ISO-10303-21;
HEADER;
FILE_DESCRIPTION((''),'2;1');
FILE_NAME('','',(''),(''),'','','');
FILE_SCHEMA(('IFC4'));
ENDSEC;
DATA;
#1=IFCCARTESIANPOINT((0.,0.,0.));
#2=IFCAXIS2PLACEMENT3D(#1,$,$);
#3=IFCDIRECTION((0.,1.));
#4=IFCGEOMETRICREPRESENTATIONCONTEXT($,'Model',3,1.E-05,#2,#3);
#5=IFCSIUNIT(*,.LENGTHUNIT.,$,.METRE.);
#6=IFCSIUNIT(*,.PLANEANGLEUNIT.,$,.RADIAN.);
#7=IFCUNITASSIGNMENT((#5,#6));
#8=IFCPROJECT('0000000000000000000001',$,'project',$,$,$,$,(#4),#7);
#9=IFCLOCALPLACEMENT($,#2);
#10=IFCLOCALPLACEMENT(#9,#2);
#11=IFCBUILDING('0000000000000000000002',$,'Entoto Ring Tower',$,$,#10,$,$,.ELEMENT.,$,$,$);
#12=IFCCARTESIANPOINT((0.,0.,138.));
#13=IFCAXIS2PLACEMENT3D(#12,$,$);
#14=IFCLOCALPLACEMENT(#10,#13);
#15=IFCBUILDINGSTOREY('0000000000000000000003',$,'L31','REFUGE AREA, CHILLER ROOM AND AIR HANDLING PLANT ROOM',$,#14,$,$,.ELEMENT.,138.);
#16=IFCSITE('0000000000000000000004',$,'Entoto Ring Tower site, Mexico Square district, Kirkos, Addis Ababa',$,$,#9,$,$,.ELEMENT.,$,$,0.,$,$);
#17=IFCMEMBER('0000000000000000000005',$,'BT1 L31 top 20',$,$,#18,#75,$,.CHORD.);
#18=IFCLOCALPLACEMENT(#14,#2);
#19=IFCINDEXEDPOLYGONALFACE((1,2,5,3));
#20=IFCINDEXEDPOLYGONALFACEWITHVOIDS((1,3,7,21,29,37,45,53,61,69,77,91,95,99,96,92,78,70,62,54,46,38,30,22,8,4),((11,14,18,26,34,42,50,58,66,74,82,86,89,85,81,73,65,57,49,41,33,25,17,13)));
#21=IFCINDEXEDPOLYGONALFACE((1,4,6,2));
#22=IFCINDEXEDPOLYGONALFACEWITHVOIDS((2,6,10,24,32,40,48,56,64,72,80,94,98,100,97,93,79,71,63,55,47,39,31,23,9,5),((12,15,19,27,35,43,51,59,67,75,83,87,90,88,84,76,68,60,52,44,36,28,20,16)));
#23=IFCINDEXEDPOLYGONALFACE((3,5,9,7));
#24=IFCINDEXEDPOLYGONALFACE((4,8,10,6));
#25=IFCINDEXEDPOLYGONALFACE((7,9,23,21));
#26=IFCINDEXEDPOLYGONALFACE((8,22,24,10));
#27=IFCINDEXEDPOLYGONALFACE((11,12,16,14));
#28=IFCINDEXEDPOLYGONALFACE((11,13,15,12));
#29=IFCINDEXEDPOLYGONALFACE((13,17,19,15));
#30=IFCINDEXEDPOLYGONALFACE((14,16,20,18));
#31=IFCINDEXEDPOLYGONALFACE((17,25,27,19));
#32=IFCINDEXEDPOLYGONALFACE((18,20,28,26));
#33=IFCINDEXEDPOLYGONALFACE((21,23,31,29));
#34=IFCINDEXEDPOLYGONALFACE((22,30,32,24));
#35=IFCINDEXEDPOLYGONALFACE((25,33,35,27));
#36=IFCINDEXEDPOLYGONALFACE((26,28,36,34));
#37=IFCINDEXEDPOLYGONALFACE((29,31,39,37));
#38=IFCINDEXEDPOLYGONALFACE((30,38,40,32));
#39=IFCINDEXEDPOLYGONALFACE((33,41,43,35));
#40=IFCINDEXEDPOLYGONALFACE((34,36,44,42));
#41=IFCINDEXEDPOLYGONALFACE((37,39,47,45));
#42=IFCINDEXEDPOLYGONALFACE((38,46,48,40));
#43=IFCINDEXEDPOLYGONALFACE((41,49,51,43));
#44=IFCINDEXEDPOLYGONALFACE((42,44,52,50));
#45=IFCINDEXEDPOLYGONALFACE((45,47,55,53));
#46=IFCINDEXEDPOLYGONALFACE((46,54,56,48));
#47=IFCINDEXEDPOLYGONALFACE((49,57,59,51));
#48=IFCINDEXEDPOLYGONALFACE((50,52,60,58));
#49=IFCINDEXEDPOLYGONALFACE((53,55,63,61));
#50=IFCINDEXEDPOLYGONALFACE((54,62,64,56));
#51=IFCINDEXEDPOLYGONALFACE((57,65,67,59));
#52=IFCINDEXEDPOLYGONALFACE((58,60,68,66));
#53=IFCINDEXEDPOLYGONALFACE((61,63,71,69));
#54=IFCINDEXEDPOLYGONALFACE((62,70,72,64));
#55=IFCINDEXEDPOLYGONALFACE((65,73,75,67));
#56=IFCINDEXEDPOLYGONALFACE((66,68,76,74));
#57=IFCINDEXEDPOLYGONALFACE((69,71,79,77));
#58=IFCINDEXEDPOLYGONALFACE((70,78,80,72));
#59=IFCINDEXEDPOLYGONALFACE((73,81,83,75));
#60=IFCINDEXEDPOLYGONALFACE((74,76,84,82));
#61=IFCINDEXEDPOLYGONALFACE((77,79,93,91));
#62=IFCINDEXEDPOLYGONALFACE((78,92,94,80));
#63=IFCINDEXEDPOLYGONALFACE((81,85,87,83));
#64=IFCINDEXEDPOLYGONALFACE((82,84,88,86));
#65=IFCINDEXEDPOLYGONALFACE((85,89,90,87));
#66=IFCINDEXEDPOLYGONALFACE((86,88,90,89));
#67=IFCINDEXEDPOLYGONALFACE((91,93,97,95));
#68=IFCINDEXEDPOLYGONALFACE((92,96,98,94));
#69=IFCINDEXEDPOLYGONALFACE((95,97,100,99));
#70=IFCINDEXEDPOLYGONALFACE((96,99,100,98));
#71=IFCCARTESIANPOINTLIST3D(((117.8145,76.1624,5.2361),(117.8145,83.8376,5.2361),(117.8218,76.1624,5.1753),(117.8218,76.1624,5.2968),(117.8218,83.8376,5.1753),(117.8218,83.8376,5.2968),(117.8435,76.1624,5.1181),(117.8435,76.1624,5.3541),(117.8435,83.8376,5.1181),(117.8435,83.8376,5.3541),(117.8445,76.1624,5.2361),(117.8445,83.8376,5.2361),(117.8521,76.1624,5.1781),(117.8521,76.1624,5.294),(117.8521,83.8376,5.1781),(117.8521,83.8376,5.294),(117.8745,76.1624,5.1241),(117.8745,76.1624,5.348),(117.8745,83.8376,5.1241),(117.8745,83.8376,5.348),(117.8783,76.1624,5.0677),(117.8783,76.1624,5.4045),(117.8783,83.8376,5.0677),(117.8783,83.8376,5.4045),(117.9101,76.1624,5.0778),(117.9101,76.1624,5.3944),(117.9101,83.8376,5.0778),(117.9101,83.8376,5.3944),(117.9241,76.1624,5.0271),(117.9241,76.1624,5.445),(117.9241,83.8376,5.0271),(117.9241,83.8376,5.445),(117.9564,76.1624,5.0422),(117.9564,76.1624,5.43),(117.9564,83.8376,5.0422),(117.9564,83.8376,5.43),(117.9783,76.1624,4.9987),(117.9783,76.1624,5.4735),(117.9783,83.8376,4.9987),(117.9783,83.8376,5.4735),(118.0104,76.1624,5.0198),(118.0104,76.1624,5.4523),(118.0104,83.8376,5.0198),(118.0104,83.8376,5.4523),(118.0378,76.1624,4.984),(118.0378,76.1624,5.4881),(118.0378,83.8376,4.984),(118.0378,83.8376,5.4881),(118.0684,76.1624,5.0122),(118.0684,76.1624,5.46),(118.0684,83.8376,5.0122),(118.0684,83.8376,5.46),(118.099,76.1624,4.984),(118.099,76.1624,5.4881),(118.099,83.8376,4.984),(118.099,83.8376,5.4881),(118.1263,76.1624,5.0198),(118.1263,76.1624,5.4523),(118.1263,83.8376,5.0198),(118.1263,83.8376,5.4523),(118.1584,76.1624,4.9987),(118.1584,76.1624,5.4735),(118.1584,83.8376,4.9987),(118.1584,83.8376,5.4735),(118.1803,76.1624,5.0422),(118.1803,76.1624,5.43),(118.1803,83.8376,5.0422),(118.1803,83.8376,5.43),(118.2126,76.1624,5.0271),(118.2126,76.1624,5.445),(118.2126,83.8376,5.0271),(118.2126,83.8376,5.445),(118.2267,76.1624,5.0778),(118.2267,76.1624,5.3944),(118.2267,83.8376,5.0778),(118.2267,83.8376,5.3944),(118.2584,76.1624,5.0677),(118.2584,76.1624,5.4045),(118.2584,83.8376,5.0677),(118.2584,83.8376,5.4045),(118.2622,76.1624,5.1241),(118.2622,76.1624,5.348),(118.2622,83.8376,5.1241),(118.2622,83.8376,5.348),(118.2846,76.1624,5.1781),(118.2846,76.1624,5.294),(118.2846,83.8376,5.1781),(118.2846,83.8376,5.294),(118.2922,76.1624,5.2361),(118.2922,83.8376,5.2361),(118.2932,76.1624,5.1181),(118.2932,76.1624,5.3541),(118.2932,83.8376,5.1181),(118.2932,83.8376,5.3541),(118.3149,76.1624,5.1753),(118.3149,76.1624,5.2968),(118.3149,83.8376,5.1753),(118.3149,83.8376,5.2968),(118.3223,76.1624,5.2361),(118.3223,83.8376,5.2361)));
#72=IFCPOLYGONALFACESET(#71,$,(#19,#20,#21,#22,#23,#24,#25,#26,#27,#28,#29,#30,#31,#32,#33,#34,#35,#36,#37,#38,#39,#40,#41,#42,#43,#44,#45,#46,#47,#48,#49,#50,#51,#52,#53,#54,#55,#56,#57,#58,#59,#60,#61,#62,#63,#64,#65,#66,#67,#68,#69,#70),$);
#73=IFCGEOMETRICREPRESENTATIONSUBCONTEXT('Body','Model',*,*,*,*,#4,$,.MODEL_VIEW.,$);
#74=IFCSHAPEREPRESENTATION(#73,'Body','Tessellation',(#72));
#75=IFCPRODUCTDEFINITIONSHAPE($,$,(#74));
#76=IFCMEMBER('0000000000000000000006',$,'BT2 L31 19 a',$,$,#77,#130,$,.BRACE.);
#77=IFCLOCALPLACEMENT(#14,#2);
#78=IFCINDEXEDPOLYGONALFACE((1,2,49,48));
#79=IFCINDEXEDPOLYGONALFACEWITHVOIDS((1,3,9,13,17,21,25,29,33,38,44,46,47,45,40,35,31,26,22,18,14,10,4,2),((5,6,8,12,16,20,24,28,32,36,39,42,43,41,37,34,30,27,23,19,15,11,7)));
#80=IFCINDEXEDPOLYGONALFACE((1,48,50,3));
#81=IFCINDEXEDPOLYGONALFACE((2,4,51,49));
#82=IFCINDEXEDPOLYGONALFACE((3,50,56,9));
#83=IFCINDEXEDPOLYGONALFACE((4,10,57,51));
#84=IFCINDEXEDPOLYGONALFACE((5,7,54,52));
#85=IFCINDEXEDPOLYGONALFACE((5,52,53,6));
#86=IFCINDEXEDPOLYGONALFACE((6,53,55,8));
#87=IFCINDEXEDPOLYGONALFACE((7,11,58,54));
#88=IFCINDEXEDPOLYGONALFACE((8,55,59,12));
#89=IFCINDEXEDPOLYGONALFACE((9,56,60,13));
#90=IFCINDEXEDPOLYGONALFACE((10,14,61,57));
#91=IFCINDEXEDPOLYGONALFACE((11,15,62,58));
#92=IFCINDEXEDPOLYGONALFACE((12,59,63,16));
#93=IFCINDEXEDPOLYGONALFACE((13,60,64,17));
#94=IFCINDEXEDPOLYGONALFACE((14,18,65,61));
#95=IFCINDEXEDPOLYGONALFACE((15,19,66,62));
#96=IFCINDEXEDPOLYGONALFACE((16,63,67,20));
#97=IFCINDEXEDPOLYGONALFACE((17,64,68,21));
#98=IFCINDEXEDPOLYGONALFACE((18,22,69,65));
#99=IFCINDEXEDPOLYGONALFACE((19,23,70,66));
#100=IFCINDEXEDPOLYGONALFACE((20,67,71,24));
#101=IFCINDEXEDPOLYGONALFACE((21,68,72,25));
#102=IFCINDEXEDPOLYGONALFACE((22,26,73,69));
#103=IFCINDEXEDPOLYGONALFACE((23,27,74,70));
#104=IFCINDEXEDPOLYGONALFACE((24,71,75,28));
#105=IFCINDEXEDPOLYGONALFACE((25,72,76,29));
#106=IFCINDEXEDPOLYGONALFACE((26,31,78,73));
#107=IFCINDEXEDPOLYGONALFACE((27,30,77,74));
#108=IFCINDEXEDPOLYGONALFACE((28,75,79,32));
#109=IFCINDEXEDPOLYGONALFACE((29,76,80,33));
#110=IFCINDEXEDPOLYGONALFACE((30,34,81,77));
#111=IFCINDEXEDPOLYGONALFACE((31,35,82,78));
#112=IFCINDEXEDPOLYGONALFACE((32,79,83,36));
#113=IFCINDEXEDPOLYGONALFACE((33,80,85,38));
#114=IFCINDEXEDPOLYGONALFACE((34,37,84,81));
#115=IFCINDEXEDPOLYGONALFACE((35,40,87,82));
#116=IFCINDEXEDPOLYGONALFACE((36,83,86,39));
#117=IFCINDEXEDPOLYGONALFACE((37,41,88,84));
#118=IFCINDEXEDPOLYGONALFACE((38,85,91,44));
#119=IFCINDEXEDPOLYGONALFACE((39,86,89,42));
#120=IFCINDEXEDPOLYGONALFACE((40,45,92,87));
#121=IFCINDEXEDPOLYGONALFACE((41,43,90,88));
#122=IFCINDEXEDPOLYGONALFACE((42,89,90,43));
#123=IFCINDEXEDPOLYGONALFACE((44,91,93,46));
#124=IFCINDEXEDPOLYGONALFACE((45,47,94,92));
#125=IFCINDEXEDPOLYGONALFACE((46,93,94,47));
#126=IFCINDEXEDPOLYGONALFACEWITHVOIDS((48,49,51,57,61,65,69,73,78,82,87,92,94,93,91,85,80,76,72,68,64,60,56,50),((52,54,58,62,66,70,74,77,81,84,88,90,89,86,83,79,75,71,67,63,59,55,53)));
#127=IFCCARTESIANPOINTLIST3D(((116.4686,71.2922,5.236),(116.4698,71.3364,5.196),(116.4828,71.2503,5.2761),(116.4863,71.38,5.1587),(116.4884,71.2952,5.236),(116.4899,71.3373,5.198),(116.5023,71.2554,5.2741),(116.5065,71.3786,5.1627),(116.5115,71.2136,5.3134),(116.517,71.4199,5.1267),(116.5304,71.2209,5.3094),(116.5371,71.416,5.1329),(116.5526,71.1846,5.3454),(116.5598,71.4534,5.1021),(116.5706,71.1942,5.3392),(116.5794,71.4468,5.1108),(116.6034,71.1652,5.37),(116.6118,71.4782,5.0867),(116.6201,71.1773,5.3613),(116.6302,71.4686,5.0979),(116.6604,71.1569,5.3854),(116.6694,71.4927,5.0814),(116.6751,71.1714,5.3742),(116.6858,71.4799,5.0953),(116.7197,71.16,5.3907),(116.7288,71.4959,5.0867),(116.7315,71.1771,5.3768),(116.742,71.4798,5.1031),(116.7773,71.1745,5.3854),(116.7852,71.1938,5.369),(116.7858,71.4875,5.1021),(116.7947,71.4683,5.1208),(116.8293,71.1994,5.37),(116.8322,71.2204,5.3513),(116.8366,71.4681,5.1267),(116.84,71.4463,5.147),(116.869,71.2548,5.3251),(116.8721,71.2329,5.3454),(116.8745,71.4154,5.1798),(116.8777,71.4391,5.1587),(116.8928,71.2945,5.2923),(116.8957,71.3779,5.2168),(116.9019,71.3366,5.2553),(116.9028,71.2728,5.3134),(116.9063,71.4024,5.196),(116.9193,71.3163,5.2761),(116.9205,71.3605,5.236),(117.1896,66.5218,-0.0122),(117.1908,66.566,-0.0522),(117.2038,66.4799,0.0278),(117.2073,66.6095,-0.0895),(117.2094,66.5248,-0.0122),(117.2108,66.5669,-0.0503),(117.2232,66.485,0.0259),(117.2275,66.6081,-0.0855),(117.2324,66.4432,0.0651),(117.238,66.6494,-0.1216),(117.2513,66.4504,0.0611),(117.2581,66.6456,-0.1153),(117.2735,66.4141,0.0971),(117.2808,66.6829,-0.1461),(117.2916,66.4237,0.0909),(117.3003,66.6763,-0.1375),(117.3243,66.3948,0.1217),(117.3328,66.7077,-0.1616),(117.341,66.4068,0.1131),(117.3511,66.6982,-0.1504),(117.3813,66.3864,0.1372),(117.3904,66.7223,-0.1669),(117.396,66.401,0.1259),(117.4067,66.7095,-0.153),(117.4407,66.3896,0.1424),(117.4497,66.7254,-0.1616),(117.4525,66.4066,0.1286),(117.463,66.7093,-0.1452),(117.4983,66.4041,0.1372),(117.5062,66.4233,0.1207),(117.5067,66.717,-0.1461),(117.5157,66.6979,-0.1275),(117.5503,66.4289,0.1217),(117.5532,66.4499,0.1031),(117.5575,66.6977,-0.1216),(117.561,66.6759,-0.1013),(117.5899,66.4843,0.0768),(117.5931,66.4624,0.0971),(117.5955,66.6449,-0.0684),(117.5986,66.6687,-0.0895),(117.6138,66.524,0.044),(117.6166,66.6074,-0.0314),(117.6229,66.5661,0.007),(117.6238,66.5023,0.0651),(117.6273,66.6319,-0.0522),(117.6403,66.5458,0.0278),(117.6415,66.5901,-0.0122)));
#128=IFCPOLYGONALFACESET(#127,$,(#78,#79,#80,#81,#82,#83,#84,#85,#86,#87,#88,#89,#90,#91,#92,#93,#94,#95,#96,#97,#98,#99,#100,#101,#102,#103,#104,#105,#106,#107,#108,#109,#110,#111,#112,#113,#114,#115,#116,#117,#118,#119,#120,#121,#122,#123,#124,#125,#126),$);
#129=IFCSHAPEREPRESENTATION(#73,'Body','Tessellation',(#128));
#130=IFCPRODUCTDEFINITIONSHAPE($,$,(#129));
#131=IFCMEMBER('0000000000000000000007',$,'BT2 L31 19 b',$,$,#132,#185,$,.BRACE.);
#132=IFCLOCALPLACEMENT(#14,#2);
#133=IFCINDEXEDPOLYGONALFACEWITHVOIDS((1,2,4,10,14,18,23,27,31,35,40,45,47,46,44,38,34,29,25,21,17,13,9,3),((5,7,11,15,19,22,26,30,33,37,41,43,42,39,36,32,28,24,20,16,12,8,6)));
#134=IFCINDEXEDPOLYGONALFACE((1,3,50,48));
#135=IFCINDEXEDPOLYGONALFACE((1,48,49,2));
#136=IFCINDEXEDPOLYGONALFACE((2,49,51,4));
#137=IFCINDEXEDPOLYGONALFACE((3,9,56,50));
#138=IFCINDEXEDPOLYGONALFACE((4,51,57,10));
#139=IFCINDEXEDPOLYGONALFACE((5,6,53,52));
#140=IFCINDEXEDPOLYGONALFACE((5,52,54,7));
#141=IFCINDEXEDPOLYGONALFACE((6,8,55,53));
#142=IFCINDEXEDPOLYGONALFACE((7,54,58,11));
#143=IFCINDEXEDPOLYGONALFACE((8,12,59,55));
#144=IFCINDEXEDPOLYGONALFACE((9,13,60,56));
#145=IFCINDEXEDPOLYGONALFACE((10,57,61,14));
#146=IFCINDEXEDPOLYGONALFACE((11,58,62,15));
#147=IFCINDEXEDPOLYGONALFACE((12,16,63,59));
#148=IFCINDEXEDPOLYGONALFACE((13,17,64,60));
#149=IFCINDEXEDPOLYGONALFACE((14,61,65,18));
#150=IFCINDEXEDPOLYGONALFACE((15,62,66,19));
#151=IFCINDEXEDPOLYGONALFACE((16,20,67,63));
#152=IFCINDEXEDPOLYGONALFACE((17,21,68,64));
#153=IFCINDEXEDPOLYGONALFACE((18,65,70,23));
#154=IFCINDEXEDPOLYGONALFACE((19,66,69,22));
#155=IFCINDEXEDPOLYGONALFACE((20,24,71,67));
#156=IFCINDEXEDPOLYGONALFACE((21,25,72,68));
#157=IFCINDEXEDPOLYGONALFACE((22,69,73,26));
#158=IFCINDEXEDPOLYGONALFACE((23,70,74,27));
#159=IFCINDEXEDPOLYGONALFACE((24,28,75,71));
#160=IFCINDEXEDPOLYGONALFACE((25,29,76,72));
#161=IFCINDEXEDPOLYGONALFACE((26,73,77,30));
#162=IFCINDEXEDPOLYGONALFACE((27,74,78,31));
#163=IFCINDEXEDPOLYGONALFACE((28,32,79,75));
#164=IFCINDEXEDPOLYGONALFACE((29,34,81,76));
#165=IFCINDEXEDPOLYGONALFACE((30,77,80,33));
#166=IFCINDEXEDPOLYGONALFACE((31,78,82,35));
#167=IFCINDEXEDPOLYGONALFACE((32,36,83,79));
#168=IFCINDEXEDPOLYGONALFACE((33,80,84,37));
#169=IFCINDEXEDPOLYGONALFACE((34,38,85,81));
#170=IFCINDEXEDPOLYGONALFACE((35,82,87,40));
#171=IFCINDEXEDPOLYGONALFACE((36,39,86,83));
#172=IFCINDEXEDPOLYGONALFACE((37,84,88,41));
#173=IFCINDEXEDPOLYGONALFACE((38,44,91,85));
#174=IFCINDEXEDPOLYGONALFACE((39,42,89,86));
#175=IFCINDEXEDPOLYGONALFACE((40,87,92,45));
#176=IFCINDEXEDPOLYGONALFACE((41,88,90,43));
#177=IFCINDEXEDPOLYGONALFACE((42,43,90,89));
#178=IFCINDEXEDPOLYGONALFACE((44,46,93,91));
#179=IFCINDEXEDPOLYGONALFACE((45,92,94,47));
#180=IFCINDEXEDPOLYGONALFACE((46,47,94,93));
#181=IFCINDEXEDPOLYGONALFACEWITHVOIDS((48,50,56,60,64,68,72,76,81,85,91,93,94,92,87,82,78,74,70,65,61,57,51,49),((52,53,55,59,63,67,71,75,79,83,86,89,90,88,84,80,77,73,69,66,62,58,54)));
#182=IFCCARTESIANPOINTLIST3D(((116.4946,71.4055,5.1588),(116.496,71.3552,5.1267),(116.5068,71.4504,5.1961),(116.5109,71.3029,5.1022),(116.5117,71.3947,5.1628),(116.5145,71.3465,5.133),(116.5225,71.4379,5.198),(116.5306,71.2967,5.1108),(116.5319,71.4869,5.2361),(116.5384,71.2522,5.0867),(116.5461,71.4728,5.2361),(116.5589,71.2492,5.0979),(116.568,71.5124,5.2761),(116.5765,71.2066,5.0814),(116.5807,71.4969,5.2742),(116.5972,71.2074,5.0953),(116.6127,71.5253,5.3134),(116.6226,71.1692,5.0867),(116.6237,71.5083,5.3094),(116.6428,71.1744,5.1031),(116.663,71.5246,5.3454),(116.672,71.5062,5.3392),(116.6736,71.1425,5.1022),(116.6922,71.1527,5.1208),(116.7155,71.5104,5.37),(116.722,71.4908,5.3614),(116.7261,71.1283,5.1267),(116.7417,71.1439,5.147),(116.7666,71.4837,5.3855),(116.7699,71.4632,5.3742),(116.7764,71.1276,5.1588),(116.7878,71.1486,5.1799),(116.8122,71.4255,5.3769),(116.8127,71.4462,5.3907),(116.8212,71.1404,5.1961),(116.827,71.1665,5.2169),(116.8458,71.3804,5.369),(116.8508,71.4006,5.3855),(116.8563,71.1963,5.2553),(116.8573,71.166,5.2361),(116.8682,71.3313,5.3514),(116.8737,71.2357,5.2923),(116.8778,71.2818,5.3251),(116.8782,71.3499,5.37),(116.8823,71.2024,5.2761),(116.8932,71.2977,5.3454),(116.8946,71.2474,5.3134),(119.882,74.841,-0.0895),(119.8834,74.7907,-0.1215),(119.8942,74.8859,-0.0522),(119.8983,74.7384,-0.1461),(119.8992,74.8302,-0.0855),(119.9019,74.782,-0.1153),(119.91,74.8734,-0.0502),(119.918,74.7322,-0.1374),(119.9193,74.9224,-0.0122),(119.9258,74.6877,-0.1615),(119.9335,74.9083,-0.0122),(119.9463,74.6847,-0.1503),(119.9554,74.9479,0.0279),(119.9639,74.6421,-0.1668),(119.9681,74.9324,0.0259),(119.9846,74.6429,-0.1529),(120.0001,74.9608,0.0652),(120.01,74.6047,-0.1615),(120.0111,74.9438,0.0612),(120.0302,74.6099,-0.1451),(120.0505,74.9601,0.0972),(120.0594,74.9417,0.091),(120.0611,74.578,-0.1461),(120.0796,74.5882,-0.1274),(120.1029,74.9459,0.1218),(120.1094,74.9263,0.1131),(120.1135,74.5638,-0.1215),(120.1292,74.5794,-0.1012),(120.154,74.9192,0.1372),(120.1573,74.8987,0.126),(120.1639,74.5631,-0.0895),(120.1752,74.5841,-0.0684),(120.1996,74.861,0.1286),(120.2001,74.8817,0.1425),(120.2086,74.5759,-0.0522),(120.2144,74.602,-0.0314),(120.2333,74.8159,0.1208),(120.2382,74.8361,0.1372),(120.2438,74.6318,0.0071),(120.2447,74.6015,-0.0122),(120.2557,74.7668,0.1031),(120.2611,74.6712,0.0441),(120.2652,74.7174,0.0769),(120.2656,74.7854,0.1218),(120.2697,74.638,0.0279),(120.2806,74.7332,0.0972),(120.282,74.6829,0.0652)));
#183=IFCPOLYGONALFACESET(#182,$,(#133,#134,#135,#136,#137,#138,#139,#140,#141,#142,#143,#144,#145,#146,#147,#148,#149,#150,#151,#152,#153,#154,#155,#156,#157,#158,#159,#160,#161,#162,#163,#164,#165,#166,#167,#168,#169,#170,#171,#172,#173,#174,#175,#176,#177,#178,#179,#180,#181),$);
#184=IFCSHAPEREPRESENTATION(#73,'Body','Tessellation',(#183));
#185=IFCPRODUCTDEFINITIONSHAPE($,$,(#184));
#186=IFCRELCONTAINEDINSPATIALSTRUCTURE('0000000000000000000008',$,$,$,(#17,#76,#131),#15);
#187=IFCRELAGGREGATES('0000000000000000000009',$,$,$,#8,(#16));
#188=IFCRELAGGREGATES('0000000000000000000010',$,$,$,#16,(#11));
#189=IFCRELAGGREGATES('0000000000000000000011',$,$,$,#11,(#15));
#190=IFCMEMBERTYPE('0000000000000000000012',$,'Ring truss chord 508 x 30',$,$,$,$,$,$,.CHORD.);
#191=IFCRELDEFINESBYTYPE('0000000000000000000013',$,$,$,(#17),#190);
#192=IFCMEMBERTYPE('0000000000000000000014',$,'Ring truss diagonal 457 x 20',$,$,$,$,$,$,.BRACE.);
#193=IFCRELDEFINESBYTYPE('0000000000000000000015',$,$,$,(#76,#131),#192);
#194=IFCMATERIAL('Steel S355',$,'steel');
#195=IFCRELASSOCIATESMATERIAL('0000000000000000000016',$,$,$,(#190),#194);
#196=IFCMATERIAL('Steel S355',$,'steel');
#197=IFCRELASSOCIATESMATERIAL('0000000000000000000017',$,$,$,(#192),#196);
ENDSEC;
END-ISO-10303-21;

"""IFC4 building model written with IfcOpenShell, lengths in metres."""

from ifc_helpers import new_model, si_unit, direction, frame, origin, origin_2d, place, context, subcontext, project, spatial, circle, hollow_circle, extrude, material, material_profile, profile_set, type_object, element, save


model = new_model("IFC4")

# Units and contexts
model_context = context("Model", 3, precision=1e-05, world=origin(), true_north=direction((0.0, 1.0)))
body_context = subcontext(model_context, "Body", "Model", "MODEL_VIEW")
ifc_project = project(units=[si_unit("LENGTHUNIT", "METRE"), si_unit("PLANEANGLEUNIT", "RADIAN")], contexts=[model_context])

# Site, building, storey
site_placement = place(None, origin())
site = spatial("IfcSite", under=ifc_project, at=site_placement, Name="Entoto Ring Tower site, Mexico Square district, Kirkos, Addis Ababa", CompositionType="ELEMENT", RefElevation=0.0)
building_placement = place(site_placement, origin())
building = spatial("IfcBuilding", under=site, at=building_placement, Name="Entoto Ring Tower", CompositionType="ELEMENT")
storey_placement = place(building_placement, frame((0.0, 0.0, 138.0)))
storey = spatial("IfcBuildingStorey", under=building, at=storey_placement, Name="L31", Description="REFUGE AREA, CHILLER ROOM AND AIR HANDLING PLANT ROOM", CompositionType="ELEMENT", Elevation=138.0)

# Members
ifc_material_1 = material(Name="Steel S355", Category="steel")
ifc_material_profile_1 = material_profile(ifc_material_1, hollow_circle(Radius=0.2539, WallThickness=0.03, at=origin_2d()), Name="CHS 508 x 30")
ifc_material_2 = material(Name="Concrete C60/75", Category="concrete")
ifc_material_profile_2 = material_profile(ifc_material_2, circle(Radius=0.2241, at=origin_2d()), Name="Concrete C60/75 infill")
ifc_profile_set_1 = profile_set([ifc_material_profile_1, ifc_material_profile_2], Name="Steel S355")
member_type_1 = type_object("IfcMemberType", Name="Ring truss chord 508 x 30", PredefinedType="CHORD", material=ifc_profile_set_1)
member_1_placement = place(storey_placement, frame((118.0684, 76.1624, 5.2361), z_axis=(0.0, 1.0, 0.0), x_axis=(-1.0, 0.0, 0.0)))
element("IfcMember", 1, at=member_1_placement, inside=storey, type_object=member_type_1, Name="BT1 L31 top 20", PredefinedType="CHORD", context=body_context, shape_type="SweptSolid", body=[
    extrude(hollow_circle(Radius=0.2539, WallThickness=0.03, at=origin_2d()), origin(), (0.0, 0.0, 1.0), 7.6753),
])
ifc_material_3 = material(Name="Steel S355", Category="steel")
ifc_material_profile_3 = material_profile(ifc_material_3, hollow_circle(Radius=0.2285, WallThickness=0.02, at=origin_2d()), Name="CHS 457 x 20")
ifc_material_4 = material(Name="Concrete C60/75", Category="concrete")
ifc_material_profile_4 = material_profile(ifc_material_4, circle(Radius=0.2085, at=origin_2d()), Name="Concrete C60/75 infill")
ifc_profile_set_2 = profile_set([ifc_material_profile_3, ifc_material_profile_4], Name="Steel S355")
member_type_2 = type_object("IfcMemberType", Name="Ring truss diagonal 457 x 20", PredefinedType="BRACE", material=ifc_profile_set_2)
for number, where, z_axis, x_axis, name in (
    (2, (117.4155, 66.5559, -0.0122), (-0.101129, 0.669173, 0.736193), (-0.988772, -0.149429, 0.0), "BT2 L31 19 a"),
    (3, (116.6946, 71.3264, 5.2361), (0.475166, 0.481913, -0.736191), (-0.712074, 0.702105, 0.0), "BT2 L31 19 b"),
):
    element("IfcMember", number, at=place(storey_placement, frame(where, z_axis=z_axis, x_axis=x_axis)), inside=storey, type_object=member_type_2, Name=name, PredefinedType="BRACE", context=body_context, shape_type="SweptSolid", body=[
        extrude(hollow_circle(Radius=0.2285, WallThickness=0.02, at=origin_2d()), origin(), (0.0, 0.0, 1.0), 7.1289),
    ])

save(model, "model.ifc")
